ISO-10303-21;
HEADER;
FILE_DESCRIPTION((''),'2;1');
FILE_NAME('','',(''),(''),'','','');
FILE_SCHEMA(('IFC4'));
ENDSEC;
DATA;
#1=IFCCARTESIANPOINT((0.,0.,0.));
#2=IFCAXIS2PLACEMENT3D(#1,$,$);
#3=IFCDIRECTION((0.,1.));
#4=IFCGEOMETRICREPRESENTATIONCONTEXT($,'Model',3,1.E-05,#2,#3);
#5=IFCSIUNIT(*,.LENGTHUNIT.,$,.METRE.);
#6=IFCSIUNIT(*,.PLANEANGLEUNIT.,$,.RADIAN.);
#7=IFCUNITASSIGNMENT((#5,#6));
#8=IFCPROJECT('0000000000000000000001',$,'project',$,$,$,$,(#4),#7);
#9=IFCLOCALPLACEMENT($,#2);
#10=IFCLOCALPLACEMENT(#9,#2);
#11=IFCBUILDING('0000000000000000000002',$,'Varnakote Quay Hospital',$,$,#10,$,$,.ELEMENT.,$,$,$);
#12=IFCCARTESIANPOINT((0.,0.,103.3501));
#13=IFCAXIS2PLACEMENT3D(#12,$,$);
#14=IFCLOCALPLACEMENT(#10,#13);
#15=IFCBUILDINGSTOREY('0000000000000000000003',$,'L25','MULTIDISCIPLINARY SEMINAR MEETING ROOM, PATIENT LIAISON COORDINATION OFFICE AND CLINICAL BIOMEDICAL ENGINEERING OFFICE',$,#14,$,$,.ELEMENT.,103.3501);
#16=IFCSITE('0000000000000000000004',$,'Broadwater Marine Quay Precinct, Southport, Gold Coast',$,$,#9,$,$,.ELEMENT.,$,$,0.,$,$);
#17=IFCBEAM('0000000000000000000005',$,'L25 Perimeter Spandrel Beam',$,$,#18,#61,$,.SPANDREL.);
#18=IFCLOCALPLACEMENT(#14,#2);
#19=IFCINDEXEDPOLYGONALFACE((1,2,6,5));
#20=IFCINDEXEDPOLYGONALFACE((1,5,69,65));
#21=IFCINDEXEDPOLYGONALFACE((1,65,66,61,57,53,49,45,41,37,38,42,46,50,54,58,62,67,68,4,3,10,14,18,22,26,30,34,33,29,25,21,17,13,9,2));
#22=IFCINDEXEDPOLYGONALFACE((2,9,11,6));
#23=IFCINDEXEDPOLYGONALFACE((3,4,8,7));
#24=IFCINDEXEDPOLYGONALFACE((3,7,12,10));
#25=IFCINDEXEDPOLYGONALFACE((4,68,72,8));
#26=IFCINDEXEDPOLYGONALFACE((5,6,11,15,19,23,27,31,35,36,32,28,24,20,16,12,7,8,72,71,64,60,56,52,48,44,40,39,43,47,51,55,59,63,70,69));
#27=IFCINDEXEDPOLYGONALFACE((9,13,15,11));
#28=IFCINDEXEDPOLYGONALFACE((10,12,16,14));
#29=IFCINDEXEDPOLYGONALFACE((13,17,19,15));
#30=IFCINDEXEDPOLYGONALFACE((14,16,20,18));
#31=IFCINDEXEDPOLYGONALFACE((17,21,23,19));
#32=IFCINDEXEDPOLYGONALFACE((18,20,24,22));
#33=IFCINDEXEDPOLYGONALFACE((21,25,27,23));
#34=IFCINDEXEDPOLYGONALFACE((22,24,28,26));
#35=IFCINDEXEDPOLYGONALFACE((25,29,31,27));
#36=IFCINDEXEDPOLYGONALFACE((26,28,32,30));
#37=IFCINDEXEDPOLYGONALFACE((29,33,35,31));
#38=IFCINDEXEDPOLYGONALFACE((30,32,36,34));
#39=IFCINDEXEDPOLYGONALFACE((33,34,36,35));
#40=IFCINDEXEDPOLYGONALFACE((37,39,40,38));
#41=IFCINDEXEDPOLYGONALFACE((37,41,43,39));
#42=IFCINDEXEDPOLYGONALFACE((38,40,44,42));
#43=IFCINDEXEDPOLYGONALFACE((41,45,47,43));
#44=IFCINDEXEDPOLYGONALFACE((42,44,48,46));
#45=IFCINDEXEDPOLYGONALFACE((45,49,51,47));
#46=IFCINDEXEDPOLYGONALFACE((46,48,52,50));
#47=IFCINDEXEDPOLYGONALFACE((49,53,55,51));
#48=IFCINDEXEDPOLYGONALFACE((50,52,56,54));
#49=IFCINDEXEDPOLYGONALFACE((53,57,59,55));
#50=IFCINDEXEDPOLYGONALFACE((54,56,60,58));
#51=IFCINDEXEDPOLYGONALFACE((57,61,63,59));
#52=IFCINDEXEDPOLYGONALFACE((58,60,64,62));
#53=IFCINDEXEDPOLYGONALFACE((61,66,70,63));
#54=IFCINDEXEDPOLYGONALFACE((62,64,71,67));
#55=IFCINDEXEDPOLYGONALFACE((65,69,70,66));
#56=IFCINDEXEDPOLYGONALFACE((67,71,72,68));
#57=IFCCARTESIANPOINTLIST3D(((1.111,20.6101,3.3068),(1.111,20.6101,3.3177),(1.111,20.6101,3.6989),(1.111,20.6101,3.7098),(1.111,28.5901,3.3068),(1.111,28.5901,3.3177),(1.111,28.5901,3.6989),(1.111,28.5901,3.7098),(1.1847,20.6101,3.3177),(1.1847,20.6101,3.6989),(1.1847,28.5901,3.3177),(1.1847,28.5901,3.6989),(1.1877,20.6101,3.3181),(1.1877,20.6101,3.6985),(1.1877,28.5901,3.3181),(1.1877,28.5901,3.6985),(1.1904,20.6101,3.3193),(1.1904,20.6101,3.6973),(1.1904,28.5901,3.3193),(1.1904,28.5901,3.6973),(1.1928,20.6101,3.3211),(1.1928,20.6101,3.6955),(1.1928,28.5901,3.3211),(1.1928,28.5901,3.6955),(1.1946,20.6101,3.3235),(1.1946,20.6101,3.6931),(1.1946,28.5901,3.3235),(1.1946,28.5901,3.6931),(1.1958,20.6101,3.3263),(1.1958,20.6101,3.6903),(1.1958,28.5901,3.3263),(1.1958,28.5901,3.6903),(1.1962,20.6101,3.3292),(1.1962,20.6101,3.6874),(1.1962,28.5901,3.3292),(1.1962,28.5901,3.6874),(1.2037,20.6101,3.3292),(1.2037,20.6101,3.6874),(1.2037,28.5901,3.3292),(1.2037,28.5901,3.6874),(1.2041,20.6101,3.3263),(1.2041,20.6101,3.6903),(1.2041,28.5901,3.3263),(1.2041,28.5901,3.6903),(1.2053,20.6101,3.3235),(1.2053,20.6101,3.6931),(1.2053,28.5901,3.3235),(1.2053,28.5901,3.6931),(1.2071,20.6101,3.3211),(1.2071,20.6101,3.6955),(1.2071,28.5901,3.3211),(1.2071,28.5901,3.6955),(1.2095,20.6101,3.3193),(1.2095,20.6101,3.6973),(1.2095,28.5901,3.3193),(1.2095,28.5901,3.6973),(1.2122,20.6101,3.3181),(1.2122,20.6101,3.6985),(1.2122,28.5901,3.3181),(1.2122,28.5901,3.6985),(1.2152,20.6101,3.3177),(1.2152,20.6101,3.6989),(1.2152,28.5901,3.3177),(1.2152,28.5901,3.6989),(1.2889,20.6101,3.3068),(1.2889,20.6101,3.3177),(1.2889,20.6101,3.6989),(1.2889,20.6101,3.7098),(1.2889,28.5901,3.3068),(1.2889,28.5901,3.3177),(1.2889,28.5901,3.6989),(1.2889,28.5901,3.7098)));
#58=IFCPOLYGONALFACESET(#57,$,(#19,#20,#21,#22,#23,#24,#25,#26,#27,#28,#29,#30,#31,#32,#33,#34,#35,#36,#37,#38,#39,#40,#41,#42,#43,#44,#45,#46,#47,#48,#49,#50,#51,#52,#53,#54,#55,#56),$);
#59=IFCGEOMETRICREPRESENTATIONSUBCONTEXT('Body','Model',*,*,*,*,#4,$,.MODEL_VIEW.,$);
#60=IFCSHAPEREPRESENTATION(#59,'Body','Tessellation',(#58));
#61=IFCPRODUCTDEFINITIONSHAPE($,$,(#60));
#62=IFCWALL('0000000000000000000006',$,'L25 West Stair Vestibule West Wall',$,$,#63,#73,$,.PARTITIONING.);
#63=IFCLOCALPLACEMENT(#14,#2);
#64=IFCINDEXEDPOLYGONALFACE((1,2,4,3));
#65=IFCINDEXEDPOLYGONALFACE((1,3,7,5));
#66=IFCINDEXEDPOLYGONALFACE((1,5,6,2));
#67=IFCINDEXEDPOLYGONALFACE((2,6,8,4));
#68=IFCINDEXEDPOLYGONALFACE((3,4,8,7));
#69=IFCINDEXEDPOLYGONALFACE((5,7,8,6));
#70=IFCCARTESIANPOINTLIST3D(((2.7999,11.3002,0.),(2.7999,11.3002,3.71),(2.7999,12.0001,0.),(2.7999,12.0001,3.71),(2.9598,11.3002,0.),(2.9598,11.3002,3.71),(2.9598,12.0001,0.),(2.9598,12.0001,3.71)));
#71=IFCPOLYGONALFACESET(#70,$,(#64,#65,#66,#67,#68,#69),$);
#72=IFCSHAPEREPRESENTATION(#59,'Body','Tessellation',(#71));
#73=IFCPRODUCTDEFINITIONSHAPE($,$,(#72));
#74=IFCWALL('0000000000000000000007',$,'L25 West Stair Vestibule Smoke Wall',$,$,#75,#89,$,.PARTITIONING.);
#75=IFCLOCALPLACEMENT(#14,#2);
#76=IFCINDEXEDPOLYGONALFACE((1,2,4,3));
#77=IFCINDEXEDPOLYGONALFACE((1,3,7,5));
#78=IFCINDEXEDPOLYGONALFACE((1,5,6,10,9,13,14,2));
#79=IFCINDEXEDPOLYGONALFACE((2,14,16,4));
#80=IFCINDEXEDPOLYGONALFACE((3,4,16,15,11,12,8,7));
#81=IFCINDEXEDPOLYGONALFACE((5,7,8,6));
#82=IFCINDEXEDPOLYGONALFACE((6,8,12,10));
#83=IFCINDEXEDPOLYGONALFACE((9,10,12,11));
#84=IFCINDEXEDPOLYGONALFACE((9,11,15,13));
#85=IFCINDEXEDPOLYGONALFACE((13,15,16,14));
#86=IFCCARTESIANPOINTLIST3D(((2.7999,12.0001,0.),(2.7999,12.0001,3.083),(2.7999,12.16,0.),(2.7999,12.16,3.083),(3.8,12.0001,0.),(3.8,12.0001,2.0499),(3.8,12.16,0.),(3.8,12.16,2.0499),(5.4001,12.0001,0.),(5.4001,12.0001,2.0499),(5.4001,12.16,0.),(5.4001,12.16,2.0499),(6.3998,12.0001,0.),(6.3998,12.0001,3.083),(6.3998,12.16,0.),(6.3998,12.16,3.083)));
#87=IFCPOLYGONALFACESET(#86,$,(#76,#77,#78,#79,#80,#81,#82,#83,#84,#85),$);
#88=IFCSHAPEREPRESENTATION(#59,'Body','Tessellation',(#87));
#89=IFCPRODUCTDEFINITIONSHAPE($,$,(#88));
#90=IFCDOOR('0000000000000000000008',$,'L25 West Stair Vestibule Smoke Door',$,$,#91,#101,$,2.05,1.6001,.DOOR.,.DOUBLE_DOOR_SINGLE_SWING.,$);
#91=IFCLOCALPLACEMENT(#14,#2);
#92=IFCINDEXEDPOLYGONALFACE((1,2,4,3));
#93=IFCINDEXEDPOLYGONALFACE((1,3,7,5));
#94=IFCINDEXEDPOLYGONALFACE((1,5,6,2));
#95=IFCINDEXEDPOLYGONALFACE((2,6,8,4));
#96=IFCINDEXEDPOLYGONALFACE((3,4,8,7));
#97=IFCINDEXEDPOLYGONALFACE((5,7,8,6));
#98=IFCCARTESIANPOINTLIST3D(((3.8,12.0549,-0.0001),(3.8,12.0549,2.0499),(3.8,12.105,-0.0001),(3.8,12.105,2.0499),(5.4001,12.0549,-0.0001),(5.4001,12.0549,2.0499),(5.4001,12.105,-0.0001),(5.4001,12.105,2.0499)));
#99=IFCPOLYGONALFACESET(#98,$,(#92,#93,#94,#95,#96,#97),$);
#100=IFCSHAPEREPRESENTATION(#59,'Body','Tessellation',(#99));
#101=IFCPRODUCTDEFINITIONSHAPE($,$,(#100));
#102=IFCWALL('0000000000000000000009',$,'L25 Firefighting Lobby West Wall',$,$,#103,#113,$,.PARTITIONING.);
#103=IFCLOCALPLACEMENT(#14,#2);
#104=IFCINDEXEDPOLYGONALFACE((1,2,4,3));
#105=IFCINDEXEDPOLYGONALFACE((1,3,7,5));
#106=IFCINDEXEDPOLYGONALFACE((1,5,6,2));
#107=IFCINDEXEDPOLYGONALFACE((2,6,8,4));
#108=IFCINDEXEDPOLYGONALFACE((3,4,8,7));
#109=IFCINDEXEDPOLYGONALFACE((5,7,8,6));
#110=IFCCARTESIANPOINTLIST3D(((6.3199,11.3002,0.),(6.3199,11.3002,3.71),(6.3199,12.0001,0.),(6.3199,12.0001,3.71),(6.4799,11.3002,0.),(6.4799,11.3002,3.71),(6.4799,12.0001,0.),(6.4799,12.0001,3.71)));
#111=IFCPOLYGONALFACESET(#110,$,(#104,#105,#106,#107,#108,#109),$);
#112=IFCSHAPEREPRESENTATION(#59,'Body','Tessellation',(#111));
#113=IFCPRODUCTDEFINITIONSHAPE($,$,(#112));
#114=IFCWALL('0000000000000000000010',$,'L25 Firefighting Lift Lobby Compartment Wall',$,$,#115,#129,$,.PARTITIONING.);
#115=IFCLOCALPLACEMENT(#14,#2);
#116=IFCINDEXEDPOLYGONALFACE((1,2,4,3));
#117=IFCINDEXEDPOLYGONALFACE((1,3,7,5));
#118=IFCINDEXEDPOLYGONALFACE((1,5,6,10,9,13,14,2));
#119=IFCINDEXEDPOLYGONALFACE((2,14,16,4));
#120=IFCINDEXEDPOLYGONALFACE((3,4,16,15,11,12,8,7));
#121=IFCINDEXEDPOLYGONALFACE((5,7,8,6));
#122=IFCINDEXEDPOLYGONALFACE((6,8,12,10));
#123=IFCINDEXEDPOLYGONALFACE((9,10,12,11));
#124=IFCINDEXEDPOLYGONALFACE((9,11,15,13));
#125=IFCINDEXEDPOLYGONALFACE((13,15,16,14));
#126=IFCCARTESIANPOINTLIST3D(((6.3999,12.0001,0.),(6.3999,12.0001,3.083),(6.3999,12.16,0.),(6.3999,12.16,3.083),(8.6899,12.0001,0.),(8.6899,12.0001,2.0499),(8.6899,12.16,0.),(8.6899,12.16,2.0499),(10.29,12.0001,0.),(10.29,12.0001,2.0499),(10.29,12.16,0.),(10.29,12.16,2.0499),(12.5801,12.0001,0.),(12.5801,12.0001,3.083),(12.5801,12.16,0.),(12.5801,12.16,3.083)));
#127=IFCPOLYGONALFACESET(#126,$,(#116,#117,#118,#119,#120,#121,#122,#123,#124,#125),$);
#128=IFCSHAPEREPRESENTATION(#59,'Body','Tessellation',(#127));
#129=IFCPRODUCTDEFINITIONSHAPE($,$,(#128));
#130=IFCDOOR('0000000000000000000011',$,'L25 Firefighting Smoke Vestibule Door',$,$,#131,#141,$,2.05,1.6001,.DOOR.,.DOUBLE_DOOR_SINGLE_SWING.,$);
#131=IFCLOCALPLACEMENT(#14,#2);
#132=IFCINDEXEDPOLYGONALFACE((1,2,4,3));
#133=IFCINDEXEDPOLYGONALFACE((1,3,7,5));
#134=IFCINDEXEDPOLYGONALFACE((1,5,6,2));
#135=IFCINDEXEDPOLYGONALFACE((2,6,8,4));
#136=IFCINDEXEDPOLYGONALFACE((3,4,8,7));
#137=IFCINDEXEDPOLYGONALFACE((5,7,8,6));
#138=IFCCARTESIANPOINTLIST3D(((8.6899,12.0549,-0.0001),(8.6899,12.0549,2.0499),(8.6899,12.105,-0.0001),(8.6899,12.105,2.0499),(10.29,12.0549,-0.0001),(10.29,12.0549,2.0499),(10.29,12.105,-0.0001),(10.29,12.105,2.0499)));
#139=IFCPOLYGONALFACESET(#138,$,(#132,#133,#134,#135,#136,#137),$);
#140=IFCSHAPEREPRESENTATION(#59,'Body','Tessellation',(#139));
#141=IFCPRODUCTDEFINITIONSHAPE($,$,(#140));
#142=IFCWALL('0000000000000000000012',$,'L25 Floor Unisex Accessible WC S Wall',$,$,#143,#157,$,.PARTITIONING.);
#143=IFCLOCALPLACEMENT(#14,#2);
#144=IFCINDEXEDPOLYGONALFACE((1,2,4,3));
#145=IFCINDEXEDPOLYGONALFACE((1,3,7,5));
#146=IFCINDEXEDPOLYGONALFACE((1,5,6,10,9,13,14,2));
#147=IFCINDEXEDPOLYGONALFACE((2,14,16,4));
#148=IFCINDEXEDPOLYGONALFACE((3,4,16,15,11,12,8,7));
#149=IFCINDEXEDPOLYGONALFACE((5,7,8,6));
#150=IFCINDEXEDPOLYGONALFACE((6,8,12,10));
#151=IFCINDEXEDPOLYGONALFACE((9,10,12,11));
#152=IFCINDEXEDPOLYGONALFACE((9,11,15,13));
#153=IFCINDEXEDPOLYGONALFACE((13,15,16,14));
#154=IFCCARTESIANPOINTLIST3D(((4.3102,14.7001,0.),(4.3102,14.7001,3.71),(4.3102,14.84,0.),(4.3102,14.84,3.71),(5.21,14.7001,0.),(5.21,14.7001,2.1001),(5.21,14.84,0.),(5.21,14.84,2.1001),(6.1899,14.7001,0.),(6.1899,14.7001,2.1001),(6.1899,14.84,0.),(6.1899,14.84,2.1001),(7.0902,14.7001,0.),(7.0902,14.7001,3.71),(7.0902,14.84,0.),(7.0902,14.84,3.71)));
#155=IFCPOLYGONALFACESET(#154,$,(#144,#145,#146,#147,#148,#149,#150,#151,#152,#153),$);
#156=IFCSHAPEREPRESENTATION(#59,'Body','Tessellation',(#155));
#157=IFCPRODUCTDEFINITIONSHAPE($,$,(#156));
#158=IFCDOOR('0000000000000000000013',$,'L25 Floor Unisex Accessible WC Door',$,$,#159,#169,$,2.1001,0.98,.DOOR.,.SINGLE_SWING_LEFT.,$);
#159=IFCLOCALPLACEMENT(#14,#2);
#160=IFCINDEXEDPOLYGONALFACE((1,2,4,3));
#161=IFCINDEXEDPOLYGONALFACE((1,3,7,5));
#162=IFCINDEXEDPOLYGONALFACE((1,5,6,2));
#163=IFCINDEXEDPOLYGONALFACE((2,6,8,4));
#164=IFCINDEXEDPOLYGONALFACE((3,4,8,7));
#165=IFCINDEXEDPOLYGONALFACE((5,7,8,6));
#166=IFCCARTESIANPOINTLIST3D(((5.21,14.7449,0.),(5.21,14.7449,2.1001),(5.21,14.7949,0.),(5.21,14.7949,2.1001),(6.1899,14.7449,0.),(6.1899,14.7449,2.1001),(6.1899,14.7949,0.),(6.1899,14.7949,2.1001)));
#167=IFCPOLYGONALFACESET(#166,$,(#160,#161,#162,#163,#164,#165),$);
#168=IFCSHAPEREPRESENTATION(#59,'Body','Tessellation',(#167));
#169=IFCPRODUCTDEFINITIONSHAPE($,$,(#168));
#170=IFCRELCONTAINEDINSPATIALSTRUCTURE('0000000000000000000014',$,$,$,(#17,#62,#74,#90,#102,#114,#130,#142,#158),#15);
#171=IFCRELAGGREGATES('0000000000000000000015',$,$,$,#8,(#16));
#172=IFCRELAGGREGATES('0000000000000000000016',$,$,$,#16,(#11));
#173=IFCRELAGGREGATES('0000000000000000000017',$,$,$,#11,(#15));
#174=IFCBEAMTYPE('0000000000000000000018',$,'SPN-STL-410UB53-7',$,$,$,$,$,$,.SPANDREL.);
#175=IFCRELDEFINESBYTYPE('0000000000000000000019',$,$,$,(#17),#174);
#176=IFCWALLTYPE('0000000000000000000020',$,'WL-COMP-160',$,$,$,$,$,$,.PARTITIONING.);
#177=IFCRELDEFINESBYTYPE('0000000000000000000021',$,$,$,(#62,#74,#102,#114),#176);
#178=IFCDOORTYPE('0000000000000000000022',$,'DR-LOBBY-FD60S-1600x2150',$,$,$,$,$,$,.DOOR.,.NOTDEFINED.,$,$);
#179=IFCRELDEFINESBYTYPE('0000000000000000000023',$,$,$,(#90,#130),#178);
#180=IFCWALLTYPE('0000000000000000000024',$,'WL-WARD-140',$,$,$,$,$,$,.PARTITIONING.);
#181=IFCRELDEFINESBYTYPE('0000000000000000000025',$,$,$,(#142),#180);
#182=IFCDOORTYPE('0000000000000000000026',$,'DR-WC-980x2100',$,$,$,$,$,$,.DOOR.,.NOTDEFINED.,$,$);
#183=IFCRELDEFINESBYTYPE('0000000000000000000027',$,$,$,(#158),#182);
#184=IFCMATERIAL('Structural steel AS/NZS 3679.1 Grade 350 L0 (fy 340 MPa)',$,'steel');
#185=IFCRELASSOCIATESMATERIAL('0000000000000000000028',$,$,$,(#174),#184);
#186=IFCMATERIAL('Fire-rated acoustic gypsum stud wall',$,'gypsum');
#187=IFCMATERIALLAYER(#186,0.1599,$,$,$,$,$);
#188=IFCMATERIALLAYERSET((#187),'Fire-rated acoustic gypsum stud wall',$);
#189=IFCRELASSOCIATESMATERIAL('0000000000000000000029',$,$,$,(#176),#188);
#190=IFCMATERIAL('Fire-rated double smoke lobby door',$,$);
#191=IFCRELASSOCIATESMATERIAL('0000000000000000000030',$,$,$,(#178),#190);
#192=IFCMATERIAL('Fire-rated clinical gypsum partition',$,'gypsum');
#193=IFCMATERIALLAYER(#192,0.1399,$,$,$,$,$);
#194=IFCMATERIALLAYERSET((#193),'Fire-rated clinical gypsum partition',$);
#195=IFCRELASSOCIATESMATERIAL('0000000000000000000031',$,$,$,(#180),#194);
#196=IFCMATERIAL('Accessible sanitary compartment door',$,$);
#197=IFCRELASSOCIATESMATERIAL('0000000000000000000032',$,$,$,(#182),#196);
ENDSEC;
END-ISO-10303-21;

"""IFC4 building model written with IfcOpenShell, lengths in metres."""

from ifc_helpers import new_model, si_unit, direction, frame, frame_2d, origin, origin_2d, place, context, subcontext, project, spatial, rectangle, i_section, extrude, material, layer, layer_set, material_profile, profile_set, type_object, element, fill, save


model = new_model("IFC4")

# Units and contexts
model_context = context("Model", 3, precision=1e-05, world=origin(), true_north=direction((0.0, 1.0)))
body_context = subcontext(model_context, "Body", "Model", "MODEL_VIEW")
ifc_project = project(units=[si_unit("LENGTHUNIT", "METRE"), si_unit("PLANEANGLEUNIT", "RADIAN")], contexts=[model_context])

# Site, building, storey
site_placement = place(None, origin())
site = spatial("IfcSite", under=ifc_project, at=site_placement, Name="Broadwater Marine Quay Precinct, Southport, Gold Coast", CompositionType="ELEMENT", RefElevation=0.0)
building_placement = place(site_placement, origin())
building = spatial("IfcBuilding", under=site, at=building_placement, Name="Varnakote Quay Hospital", CompositionType="ELEMENT")
storey_placement = place(building_placement, frame((0.0, 0.0, 103.3501)))
storey = spatial("IfcBuildingStorey", under=building, at=storey_placement, Name="L25", Description="MULTIDISCIPLINARY SEMINAR MEETING ROOM, PATIENT LIAISON COORDINATION OFFICE AND CLINICAL BIOMEDICAL ENGINEERING OFFICE", CompositionType="ELEMENT", Elevation=103.3501)

# Beam
ifc_material_1 = material(Name="Structural steel AS/NZS 3679.1 Grade 350 L0 (fy 340 MPa)", Category="steel")
ifc_material_profile_1 = material_profile(ifc_material_1, i_section(OverallWidth=0.178, OverallDepth=0.4031, WebThickness=0.0076, FlangeThickness=0.011, FilletRadius=0.0115, at=origin_2d()), Name="410UB53.7")
ifc_profile_set_1 = profile_set([ifc_material_profile_1], Name="Structural steel AS/NZS 3679.1 Grade 350 L0 (fy 340 MPa)")
beam_type_1 = type_object("IfcBeamType", Name="SPN-STL-410UB53-7", PredefinedType="SPANDREL", material=ifc_profile_set_1)
beam_1_placement = place(storey_placement, frame((1.2, 20.6101, 3.5083), z_axis=(0.0, 1.0, 0.0), x_axis=(-1.0, 0.0, 0.0)))
element("IfcBeam", 1, at=beam_1_placement, inside=storey, type_object=beam_type_1, Name="L25 Perimeter Spandrel Beam", PredefinedType="SPANDREL", context=body_context, shape_type="SweptSolid", body=[
    extrude(i_section(OverallWidth=0.178, OverallDepth=0.4031, WebThickness=0.0076, FlangeThickness=0.011, FilletRadius=0.0115, at=origin_2d()), origin(), (0.0, 0.0, 1.0), 7.98),
])

# Wall
ifc_material_2 = material(Name="Fire-rated acoustic gypsum stud wall", Category="gypsum")
ifc_layer_1 = layer(ifc_material_2, 0.1599)
ifc_layer_set_1 = layer_set([ifc_layer_1], Name="Fire-rated acoustic gypsum stud wall")
wall_type_1 = type_object("IfcWallType", Name="WL-COMP-160", PredefinedType="PARTITIONING", material=ifc_layer_set_1)
wall_1_placement = place(storey_placement, frame((2.8799, 11.3, 0.0), z_axis=(0.0, 0.0, 1.0), x_axis=(0.0, 1.0, 0.0)))
element("IfcWall", 2, at=wall_1_placement, inside=storey, type_object=wall_type_1, Name="L25 West Stair Vestibule West Wall", PredefinedType="PARTITIONING", context=body_context, shape_type="SweptSolid", body=[
    extrude(rectangle(XDim=0.7, YDim=0.1599, at=frame_2d((0.3501, 0.0))), origin(), (0.0, 0.0, 1.0), 3.71),
])

# Wall, opening, door
wall_2_placement = place(storey_placement, frame((2.8, 12.0801, 0.0), z_axis=(0.0, 0.0, 1.0), x_axis=(1.0, 0.0, 0.0)))
wall_2 = element("IfcWall", 3, at=wall_2_placement, inside=storey, type_object=wall_type_1, Name="L25 West Stair Vestibule Smoke Wall", PredefinedType="PARTITIONING", context=body_context, shape_type="SweptSolid", body=[
    extrude(rectangle(XDim=3.5999, YDim=0.1599, at=frame_2d((1.7998, 0.0))), origin(), (0.0, 0.0, 1.0), 3.083),
])
opening_1_placement = place(wall_2_placement, frame((1.0, 0.0, 0.0)))
opening_1 = element("IfcOpeningElement", 4, at=opening_1_placement, cuts=wall_2, PredefinedType="OPENING", context=body_context, shape_type="SweptSolid", body=[
    extrude(rectangle(XDim=1.6001, YDim=2.05, at=frame_2d((0.8, 1.0249))), frame((0.0, 0.0898, 0.0), z_axis=(0.0, -1.0, 0.0), x_axis=(1.0, 0.0, 0.0)), (0.0, 0.0, 1.0), 0.1799),
])
ifc_material_3 = material(Name="Fire-rated double smoke lobby door")
door_type_1 = type_object("IfcDoorType", Name="DR-LOBBY-FD60S-1600x2150", OperationType="NOTDEFINED", PredefinedType="DOOR", material=ifc_material_3)
door_1_placement = place(opening_1_placement, origin())
door_1 = element("IfcDoor", 5, at=door_1_placement, inside=storey, type_object=door_type_1, Name="L25 West Stair Vestibule Smoke Door", OperationType="DOUBLE_DOOR_SINGLE_SWING", OverallHeight=2.05, OverallWidth=1.6001, PredefinedType="DOOR", context=body_context, shape_type="SweptSolid", body=[
    extrude(rectangle(XDim=1.6001, YDim=2.05, at=frame_2d((0.8, 1.0249))), frame((0.0, 0.0249, 0.0), z_axis=(0.0, -1.0, 0.0), x_axis=(1.0, 0.0, 0.0)), (0.0, 0.0, 1.0), 0.05),
])
fill(opening_1, door_1)

# Wall
wall_3_placement = place(storey_placement, frame((6.3999, 11.3, 0.0), z_axis=(0.0, 0.0, 1.0), x_axis=(0.0, 1.0, 0.0)))
element("IfcWall", 6, at=wall_3_placement, inside=storey, type_object=wall_type_1, Name="L25 Firefighting Lobby West Wall", PredefinedType="PARTITIONING", context=body_context, shape_type="SweptSolid", body=[
    extrude(rectangle(XDim=0.7, YDim=0.1599, at=frame_2d((0.3501, 0.0))), origin(), (0.0, 0.0, 1.0), 3.71),
])

# Walls, openings, doors
wall_4_placement = place(storey_placement, frame((6.3999, 12.0801, 0.0), z_axis=(0.0, 0.0, 1.0), x_axis=(1.0, 0.0, 0.0)))
wall_4 = element("IfcWall", 7, at=wall_4_placement, inside=storey, type_object=wall_type_1, Name="L25 Firefighting Lift Lobby Compartment Wall", PredefinedType="PARTITIONING", context=body_context, shape_type="SweptSolid", body=[
    extrude(rectangle(XDim=6.1802, YDim=0.1599, at=frame_2d((3.0901, 0.0))), origin(), (0.0, 0.0, 1.0), 3.083),
])
opening_2_placement = place(wall_4_placement, frame((2.29, 0.0, 0.0)))
opening_2 = element("IfcOpeningElement", 8, at=opening_2_placement, cuts=wall_4, PredefinedType="OPENING", context=body_context, shape_type="SweptSolid", body=[
    extrude(rectangle(XDim=1.6001, YDim=2.05, at=frame_2d((0.8, 1.0249))), frame((0.0, 0.0898, 0.0), z_axis=(0.0, -1.0, 0.0), x_axis=(1.0, 0.0, 0.0)), (0.0, 0.0, 1.0), 0.1799),
])
door_2_placement = place(opening_2_placement, origin())
door_2 = element("IfcDoor", 9, at=door_2_placement, inside=storey, type_object=door_type_1, Name="L25 Firefighting Smoke Vestibule Door", OperationType="DOUBLE_DOOR_SINGLE_SWING", OverallHeight=2.05, OverallWidth=1.6001, PredefinedType="DOOR", context=body_context, shape_type="SweptSolid", body=[
    extrude(rectangle(XDim=1.6001, YDim=2.05, at=frame_2d((0.8, 1.0249))), frame((0.0, 0.0249, 0.0), z_axis=(0.0, -1.0, 0.0), x_axis=(1.0, 0.0, 0.0)), (0.0, 0.0, 1.0), 0.05),
])
fill(opening_2, door_2)
ifc_material_4 = material(Name="Fire-rated clinical gypsum partition", Category="gypsum")
ifc_layer_2 = layer(ifc_material_4, 0.1399)
ifc_layer_set_2 = layer_set([ifc_layer_2], Name="Fire-rated clinical gypsum partition")
wall_type_2 = type_object("IfcWallType", Name="WL-WARD-140", PredefinedType="PARTITIONING", material=ifc_layer_set_2)
wall_5_placement = place(storey_placement, frame((4.3101, 14.77, 0.0), z_axis=(0.0, 0.0, 1.0), x_axis=(1.0, 0.0, 0.0)))
wall_5 = element("IfcWall", 10, at=wall_5_placement, inside=storey, type_object=wall_type_2, Name="L25 Floor Unisex Accessible WC S Wall", PredefinedType="PARTITIONING", context=body_context, shape_type="SweptSolid", body=[
    extrude(rectangle(XDim=2.78, YDim=0.1399, at=frame_2d((1.3901, 0.0))), origin(), (0.0, 0.0, 1.0), 3.71),
])
opening_3_placement = place(wall_5_placement, frame((0.8999, 0.0, 0.0)))
opening_3 = element("IfcOpeningElement", 11, at=opening_3_placement, cuts=wall_5, PredefinedType="OPENING", context=body_context, shape_type="SweptSolid", body=[
    extrude(rectangle(XDim=0.98, YDim=2.1001, at=frame_2d((0.49, 1.05))), frame((0.0, 0.0798, 0.0), z_axis=(0.0, -1.0, 0.0), x_axis=(1.0, 0.0, 0.0)), (0.0, 0.0, 1.0), 0.1599),
])
ifc_material_5 = material(Name="Accessible sanitary compartment door")
door_type_2 = type_object("IfcDoorType", Name="DR-WC-980x2100", OperationType="NOTDEFINED", PredefinedType="DOOR", material=ifc_material_5)
door_3_placement = place(opening_3_placement, origin())
door_3 = element("IfcDoor", 12, at=door_3_placement, inside=storey, type_object=door_type_2, Name="L25 Floor Unisex Accessible WC Door", OperationType="SINGLE_SWING_LEFT", OverallHeight=2.1001, OverallWidth=0.98, PredefinedType="DOOR", context=body_context, shape_type="SweptSolid", body=[
    extrude(rectangle(XDim=0.98, YDim=2.1001, at=frame_2d((0.49, 1.05))), frame((0.0, 0.0249, 0.0), z_axis=(0.0, -1.0, 0.0), x_axis=(1.0, 0.0, 0.0)), (0.0, 0.0, 1.0), 0.05),
])
fill(opening_3, door_3)

save(model, "model.ifc")
